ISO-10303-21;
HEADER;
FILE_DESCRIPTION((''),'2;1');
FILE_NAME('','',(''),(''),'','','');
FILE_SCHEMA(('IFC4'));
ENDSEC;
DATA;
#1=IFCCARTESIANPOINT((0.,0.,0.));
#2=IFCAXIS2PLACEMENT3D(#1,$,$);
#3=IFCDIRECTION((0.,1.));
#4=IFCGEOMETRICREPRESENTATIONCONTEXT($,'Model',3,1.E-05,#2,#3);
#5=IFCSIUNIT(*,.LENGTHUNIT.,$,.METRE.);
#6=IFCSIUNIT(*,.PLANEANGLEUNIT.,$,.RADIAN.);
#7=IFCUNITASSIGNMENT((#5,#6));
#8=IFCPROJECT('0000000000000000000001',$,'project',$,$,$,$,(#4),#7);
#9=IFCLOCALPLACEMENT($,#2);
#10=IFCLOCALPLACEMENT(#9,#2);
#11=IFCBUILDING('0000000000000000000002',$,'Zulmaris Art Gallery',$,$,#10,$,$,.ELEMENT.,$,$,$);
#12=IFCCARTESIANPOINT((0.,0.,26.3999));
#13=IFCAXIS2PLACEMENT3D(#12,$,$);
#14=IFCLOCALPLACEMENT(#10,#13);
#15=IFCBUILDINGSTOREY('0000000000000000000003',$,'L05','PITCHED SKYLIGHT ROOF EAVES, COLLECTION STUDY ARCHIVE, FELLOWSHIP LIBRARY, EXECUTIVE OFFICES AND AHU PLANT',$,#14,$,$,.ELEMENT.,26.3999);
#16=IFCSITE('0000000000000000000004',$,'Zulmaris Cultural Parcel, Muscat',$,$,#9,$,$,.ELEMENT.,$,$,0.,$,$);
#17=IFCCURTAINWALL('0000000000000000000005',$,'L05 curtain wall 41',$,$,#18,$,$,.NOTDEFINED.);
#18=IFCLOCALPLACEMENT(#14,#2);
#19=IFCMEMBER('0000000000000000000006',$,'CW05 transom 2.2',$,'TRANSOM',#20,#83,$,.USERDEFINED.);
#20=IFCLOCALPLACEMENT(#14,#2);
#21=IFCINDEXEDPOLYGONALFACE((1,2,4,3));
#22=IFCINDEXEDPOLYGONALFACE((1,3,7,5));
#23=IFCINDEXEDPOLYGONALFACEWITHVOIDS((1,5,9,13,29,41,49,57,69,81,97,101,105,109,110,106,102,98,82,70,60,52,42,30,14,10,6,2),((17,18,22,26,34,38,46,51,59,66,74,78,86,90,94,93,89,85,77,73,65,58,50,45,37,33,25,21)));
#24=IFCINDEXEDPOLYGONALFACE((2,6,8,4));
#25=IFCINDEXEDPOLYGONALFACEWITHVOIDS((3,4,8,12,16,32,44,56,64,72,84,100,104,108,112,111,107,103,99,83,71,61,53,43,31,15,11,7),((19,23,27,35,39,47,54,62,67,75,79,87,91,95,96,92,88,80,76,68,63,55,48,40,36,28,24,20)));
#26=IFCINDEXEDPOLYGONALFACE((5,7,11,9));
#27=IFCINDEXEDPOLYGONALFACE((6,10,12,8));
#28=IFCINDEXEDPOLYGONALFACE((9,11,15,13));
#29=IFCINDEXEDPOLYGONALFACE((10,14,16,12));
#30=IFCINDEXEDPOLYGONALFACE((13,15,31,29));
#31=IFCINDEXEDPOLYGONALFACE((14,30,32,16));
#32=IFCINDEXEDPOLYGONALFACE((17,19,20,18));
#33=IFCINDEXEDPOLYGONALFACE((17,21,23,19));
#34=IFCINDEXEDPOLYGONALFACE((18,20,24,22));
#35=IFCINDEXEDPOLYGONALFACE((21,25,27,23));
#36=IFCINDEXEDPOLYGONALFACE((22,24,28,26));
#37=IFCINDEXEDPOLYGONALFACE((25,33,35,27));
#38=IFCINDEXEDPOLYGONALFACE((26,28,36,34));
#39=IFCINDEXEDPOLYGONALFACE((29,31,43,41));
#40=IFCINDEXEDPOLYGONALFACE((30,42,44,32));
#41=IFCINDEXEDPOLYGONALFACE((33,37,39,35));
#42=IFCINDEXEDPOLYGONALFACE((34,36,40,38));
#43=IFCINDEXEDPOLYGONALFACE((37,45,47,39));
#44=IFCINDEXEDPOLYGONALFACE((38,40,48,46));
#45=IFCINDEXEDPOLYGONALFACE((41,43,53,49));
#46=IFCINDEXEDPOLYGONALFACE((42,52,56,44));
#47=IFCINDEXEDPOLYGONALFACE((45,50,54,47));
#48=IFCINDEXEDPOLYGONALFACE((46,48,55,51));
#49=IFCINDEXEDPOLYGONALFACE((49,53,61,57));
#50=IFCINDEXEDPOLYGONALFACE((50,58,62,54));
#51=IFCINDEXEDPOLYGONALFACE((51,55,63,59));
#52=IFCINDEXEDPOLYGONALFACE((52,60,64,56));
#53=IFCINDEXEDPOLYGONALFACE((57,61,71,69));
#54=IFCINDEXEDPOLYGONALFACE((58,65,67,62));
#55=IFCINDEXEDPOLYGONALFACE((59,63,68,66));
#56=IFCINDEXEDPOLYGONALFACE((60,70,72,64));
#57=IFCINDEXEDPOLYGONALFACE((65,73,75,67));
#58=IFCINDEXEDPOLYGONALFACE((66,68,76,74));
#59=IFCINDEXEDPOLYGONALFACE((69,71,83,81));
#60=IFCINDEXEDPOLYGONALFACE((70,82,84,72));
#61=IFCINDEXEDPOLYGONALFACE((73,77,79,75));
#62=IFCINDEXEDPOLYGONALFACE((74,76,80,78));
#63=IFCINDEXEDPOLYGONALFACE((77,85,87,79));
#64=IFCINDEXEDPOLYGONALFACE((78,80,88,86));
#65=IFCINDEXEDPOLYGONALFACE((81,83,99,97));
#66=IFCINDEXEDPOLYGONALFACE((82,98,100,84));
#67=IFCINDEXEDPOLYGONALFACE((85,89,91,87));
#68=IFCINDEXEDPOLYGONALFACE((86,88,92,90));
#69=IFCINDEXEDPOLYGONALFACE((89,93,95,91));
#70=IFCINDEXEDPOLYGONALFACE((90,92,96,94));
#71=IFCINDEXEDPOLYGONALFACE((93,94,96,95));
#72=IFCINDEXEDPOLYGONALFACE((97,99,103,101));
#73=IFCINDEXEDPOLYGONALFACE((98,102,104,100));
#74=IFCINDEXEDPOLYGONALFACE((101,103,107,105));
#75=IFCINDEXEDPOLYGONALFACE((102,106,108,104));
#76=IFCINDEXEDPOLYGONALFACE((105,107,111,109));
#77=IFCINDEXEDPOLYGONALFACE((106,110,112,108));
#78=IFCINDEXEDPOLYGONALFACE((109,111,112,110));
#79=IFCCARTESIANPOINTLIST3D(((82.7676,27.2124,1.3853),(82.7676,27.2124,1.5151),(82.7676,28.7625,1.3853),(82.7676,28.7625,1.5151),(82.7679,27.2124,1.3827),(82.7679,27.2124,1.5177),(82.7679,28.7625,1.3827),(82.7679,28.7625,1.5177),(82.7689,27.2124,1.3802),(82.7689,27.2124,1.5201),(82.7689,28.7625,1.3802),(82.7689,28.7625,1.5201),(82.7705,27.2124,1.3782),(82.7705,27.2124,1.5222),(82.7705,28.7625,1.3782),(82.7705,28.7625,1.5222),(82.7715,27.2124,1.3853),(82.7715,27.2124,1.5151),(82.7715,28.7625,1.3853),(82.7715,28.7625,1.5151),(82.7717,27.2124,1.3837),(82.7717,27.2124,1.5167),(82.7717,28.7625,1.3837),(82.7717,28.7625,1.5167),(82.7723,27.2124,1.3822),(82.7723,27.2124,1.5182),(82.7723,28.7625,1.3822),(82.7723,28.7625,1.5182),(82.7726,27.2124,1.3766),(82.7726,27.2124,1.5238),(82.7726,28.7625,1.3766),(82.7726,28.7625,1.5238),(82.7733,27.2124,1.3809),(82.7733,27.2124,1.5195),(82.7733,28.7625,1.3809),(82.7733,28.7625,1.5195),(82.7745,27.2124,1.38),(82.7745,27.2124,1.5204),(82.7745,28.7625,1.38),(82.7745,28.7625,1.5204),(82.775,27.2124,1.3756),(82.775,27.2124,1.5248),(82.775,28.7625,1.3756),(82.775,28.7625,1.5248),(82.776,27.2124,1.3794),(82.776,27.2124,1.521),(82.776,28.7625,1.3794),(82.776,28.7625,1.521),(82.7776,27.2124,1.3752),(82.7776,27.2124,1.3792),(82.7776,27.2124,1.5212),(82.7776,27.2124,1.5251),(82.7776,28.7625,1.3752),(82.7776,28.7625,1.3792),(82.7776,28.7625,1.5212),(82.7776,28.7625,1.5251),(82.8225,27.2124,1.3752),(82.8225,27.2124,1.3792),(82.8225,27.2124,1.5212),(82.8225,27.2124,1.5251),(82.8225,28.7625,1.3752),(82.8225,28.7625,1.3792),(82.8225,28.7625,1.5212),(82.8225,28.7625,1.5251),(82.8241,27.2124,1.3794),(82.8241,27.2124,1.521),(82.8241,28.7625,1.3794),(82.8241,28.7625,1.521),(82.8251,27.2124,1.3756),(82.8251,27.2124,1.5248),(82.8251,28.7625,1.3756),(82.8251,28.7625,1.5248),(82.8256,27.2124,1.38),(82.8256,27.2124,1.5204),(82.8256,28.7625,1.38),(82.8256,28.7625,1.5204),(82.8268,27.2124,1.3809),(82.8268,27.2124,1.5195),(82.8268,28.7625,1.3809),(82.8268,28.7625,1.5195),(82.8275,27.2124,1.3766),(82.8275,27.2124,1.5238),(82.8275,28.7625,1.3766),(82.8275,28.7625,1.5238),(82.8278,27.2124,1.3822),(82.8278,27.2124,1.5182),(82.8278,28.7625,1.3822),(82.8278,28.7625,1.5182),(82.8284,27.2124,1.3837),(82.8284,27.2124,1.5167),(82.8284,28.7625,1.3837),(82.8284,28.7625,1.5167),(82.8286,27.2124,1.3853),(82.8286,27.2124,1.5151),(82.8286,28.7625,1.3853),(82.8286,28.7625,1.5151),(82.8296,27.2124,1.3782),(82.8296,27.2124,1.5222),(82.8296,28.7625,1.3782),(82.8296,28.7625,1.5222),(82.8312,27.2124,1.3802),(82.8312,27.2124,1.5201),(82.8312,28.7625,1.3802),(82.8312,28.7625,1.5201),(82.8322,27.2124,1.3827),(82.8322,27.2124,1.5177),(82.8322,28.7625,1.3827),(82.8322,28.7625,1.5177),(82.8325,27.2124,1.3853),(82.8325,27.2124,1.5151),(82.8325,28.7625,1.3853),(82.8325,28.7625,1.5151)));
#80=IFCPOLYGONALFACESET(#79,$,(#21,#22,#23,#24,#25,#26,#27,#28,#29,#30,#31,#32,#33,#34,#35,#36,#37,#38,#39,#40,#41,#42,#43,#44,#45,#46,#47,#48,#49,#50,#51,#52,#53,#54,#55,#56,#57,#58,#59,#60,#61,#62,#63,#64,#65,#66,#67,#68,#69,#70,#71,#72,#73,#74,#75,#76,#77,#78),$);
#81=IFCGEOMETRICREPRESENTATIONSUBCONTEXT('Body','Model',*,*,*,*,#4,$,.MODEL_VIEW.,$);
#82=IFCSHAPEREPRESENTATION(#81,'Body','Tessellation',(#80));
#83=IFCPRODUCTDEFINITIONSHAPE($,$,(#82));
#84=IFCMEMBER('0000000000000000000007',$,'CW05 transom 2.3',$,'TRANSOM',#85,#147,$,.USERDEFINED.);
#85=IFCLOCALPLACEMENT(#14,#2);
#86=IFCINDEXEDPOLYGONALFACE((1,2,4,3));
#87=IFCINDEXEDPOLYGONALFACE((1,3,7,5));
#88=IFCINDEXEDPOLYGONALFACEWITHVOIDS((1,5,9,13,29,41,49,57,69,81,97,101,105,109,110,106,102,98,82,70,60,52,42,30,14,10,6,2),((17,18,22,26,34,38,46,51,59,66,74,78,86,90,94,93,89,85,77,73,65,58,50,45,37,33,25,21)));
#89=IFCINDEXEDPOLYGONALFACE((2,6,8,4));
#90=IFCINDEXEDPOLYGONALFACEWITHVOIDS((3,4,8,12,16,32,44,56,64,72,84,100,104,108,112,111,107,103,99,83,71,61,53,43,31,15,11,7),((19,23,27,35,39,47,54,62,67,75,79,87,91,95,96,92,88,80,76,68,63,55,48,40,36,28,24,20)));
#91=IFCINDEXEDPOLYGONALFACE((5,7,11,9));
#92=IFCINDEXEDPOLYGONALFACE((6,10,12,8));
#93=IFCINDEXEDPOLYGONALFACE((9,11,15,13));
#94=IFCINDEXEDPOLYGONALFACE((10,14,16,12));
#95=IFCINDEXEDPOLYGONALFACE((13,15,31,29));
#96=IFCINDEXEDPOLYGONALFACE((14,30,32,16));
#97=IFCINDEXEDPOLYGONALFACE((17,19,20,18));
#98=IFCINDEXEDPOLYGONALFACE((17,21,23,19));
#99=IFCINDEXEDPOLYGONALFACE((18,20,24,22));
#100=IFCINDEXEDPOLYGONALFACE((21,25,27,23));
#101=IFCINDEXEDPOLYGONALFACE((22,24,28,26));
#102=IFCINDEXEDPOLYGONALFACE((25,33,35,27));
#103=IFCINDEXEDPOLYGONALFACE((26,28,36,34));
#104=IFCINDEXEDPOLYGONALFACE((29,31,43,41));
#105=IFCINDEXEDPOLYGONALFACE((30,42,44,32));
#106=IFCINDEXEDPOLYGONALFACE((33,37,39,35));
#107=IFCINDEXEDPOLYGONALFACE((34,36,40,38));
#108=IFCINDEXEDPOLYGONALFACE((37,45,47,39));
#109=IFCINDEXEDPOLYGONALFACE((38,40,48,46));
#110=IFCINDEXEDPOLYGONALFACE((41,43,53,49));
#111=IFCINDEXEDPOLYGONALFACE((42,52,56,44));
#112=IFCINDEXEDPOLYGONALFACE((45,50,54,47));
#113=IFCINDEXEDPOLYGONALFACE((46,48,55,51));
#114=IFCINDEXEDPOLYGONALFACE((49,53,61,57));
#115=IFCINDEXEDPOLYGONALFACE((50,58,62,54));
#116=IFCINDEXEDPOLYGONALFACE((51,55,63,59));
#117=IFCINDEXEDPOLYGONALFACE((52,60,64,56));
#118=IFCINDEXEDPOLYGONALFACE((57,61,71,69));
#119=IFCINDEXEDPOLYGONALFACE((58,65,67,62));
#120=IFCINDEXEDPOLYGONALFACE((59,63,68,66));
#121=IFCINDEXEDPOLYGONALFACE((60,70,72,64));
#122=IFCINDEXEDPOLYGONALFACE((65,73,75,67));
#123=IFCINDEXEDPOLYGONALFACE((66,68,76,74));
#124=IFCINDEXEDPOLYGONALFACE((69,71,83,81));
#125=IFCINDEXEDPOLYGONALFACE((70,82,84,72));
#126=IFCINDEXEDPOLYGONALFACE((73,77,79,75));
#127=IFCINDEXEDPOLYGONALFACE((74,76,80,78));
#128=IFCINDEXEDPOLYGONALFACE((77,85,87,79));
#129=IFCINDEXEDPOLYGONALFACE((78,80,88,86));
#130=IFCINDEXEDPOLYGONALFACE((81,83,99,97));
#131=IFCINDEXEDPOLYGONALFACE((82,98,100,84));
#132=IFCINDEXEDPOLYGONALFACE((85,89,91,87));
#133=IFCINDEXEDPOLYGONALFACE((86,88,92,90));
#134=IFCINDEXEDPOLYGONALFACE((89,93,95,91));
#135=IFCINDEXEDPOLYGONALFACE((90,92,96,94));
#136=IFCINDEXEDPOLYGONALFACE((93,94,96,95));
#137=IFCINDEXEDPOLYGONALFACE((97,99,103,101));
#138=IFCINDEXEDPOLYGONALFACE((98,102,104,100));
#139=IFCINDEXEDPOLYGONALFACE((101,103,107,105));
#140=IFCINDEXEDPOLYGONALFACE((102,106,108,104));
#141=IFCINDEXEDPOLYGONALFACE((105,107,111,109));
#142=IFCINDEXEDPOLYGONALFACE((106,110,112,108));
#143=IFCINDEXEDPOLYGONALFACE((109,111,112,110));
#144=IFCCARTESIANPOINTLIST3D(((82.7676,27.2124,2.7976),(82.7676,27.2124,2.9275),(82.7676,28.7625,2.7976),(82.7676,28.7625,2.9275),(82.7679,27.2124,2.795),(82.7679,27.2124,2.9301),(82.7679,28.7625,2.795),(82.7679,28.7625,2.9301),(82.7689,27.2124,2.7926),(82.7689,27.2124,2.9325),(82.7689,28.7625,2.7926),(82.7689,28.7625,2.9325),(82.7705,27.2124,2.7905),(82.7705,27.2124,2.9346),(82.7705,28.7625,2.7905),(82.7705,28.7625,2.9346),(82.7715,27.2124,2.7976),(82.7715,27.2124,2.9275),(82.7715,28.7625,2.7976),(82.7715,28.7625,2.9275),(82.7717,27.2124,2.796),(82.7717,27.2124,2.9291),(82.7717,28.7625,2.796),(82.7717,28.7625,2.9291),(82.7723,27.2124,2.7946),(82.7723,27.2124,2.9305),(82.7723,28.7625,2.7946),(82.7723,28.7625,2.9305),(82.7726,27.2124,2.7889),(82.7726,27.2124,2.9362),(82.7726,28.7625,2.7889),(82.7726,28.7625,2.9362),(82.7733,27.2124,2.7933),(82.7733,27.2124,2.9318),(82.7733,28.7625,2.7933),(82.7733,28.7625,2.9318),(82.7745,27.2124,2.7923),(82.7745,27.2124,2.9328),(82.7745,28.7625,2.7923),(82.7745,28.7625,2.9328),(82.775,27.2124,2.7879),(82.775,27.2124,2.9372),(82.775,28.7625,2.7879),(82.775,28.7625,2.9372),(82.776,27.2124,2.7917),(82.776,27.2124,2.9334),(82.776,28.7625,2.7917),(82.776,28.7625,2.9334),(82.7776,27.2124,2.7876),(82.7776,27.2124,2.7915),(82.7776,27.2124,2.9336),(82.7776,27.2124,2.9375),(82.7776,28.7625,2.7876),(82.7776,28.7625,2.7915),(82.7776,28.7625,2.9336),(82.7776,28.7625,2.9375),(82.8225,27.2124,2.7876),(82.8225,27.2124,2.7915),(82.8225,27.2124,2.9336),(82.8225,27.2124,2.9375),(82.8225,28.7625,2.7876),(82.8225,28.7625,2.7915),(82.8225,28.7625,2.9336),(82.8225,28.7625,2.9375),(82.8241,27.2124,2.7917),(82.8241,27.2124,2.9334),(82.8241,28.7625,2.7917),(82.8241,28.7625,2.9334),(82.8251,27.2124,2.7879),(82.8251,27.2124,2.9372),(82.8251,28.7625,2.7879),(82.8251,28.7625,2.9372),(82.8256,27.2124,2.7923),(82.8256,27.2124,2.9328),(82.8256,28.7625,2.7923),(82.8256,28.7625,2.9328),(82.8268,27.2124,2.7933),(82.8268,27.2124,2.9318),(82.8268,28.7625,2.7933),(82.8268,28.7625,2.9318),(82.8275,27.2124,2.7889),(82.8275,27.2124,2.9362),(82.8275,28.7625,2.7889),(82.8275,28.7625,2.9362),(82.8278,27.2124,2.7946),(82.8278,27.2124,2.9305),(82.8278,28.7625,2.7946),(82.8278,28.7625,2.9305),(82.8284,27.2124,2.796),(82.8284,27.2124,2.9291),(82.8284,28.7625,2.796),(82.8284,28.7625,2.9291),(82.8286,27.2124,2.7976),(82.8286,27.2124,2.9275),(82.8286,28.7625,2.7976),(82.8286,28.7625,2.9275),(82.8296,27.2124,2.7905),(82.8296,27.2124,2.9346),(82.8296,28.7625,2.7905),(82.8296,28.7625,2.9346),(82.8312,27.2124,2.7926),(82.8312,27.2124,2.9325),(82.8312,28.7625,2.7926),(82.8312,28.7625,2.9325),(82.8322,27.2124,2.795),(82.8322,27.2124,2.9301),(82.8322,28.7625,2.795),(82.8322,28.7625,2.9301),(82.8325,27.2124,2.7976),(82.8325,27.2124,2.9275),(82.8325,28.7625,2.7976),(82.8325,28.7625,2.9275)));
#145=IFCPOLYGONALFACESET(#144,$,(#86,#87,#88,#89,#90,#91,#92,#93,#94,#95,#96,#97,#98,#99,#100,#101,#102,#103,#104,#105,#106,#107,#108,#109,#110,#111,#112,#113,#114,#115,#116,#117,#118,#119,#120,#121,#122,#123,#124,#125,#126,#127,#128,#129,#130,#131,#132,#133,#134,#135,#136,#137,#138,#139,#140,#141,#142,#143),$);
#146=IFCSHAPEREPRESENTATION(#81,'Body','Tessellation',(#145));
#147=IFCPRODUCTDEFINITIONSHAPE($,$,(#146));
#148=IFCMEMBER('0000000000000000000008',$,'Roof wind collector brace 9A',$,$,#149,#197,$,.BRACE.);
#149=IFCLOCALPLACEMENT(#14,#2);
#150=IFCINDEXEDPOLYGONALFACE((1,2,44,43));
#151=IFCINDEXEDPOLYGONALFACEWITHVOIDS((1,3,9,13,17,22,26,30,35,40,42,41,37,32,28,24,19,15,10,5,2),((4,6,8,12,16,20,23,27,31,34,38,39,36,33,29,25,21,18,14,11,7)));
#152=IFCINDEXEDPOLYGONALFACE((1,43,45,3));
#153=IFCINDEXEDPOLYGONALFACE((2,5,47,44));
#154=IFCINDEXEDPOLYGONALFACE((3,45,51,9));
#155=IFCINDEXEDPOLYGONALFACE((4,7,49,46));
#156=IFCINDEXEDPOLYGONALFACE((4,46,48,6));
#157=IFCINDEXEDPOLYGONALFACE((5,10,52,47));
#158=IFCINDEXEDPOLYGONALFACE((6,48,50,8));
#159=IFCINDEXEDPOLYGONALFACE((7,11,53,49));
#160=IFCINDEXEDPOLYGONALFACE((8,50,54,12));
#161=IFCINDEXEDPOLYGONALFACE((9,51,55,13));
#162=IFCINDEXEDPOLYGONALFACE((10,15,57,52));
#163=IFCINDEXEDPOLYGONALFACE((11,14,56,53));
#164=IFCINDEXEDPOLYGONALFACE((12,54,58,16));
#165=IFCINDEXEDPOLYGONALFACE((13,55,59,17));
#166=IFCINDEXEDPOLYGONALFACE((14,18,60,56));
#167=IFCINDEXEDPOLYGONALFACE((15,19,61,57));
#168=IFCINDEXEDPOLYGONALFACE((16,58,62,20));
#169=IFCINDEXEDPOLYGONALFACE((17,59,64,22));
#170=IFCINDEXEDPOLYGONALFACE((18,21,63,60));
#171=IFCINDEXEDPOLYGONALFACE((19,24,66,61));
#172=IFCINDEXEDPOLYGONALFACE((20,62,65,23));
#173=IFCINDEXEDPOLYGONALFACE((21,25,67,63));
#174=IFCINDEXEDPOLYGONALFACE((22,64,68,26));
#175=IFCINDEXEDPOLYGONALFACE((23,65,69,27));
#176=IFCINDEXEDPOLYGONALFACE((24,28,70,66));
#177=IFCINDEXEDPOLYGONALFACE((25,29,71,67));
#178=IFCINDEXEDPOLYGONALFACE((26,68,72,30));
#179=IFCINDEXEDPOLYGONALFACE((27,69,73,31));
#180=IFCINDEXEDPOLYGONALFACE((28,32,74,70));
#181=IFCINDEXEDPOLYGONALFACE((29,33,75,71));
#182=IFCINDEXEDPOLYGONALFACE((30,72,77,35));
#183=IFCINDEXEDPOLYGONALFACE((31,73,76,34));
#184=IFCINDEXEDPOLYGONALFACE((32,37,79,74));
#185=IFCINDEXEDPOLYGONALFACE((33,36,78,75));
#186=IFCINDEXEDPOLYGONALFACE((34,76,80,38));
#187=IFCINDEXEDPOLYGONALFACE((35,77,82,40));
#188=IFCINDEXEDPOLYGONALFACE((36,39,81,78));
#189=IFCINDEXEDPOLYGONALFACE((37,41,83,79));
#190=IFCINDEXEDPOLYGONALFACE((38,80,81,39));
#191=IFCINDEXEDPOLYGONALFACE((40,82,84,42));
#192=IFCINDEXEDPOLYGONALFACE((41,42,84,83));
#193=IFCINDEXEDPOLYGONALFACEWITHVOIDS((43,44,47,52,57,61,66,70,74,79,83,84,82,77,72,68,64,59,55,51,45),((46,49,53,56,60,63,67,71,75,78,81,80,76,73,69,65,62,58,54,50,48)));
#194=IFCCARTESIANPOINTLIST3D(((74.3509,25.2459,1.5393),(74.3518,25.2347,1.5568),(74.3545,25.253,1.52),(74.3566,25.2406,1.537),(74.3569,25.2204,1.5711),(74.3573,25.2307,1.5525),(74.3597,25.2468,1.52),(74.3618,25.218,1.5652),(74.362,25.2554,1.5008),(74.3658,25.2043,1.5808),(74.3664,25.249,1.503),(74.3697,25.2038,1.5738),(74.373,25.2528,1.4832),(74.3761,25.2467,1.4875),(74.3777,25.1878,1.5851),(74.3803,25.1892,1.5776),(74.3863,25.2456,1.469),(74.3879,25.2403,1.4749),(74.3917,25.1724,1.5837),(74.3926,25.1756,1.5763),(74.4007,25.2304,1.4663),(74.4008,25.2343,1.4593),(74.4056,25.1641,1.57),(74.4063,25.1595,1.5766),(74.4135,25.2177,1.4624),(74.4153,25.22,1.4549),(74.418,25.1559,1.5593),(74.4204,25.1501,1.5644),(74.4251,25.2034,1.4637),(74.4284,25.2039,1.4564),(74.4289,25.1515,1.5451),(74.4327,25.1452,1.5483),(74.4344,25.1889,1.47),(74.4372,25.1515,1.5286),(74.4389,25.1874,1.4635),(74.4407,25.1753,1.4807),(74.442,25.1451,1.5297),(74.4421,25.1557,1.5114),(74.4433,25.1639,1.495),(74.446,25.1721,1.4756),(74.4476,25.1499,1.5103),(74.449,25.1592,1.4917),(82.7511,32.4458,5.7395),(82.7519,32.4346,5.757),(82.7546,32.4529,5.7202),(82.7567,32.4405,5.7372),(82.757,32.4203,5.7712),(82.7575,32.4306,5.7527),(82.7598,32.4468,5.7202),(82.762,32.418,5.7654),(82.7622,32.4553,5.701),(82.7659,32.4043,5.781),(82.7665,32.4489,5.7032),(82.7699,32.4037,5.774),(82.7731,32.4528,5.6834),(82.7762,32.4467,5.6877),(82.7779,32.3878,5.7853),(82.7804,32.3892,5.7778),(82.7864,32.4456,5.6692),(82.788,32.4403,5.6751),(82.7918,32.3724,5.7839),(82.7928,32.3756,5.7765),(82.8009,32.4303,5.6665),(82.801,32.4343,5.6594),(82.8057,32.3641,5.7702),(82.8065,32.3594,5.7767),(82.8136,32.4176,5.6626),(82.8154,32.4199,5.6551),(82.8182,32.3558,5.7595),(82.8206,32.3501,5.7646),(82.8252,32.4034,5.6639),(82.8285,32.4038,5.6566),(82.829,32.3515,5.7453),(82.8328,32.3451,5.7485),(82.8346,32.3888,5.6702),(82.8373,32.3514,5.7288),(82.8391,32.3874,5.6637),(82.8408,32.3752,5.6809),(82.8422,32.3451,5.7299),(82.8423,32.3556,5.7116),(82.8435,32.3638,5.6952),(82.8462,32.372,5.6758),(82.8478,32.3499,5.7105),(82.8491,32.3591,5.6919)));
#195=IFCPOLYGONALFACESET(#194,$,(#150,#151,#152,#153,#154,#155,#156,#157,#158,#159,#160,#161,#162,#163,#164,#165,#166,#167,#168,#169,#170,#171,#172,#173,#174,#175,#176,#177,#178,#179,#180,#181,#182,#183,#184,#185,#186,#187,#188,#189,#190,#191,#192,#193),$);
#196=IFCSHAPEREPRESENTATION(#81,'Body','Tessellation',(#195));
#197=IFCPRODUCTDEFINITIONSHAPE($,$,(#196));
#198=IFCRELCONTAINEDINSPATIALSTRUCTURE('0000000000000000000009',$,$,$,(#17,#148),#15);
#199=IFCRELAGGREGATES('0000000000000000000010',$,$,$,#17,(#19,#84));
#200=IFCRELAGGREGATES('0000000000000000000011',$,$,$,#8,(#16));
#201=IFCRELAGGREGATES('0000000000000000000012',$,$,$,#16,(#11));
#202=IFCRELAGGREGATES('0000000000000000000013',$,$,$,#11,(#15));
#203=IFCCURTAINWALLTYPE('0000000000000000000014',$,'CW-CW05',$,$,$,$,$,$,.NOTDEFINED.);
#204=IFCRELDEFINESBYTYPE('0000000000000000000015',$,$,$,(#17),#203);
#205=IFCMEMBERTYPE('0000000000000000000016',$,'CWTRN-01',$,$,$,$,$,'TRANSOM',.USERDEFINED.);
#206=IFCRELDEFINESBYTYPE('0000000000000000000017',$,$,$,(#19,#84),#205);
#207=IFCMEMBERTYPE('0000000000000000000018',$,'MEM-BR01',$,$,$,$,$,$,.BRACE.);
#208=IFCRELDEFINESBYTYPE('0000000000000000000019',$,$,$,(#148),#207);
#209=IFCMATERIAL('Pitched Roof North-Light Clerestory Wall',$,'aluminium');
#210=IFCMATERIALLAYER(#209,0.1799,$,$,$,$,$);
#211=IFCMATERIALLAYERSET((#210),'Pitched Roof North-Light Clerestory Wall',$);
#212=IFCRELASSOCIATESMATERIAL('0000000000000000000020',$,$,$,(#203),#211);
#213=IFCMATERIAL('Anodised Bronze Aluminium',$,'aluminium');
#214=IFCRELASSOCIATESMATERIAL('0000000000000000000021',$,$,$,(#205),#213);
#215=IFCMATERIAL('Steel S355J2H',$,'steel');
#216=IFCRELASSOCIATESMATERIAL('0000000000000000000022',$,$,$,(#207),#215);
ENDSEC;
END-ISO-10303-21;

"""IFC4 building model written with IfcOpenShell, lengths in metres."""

from ifc_helpers import new_model, si_unit, direction, frame, origin, origin_2d, place, context, subcontext, project, spatial, hollow_rectangle, hollow_circle, extrude, material, layer, layer_set, material_profile, profile_set, type_object, element, aggregate, save


model = new_model("IFC4")

# Units and contexts
model_context = context("Model", 3, precision=1e-05, world=origin(), true_north=direction((0.0, 1.0)))
body_context = subcontext(model_context, "Body", "Model", "MODEL_VIEW")
ifc_project = project(units=[si_unit("LENGTHUNIT", "METRE"), si_unit("PLANEANGLEUNIT", "RADIAN")], contexts=[model_context])

# Site, building, storey
site_placement = place(None, origin())
site = spatial("IfcSite", under=ifc_project, at=site_placement, Name="Zulmaris Cultural Parcel, Muscat", CompositionType="ELEMENT", RefElevation=0.0)
building_placement = place(site_placement, origin())
building = spatial("IfcBuilding", under=site, at=building_placement, Name="Zulmaris Art Gallery", CompositionType="ELEMENT")
storey_placement = place(building_placement, frame((0.0, 0.0, 26.3999)))
storey = spatial("IfcBuildingStorey", under=building, at=storey_placement, Name="L05", Description="PITCHED SKYLIGHT ROOF EAVES, COLLECTION STUDY ARCHIVE, FELLOWSHIP LIBRARY, EXECUTIVE OFFICES AND AHU PLANT", CompositionType="ELEMENT", Elevation=26.3999)

# Curtain wall, members
ifc_material_1 = material(Name="Pitched Roof North-Light Clerestory Wall", Category="aluminium")
ifc_layer_1 = layer(ifc_material_1, 0.1799)
ifc_layer_set_1 = layer_set([ifc_layer_1], Name="Pitched Roof North-Light Clerestory Wall")
curtain_wall_type = type_object("IfcCurtainWallType", Name="CW-CW05", PredefinedType="NOTDEFINED", material=ifc_layer_set_1)
curtain_wall_placement = place(storey_placement, origin())
curtain_wall = element("IfcCurtainWall", 1, at=curtain_wall_placement, inside=storey, type_object=curtain_wall_type, Name="L05 curtain wall 41", PredefinedType="NOTDEFINED")
ifc_material_2 = material(Name="Anodised Bronze Aluminium", Category="aluminium")
ifc_material_profile_1 = material_profile(ifc_material_2, hollow_rectangle(XDim=0.0649, YDim=0.1499, WallThickness=0.0039, InnerFilletRadius=0.0061, OuterFilletRadius=0.01, at=origin_2d()), Name="ALU 65x150x4")
ifc_profile_set_1 = profile_set([ifc_material_profile_1], Name="Anodised Bronze Aluminium")
member_type_1 = type_object("IfcMemberType", Name="CWTRN-01", ElementType="TRANSOM", PredefinedType="USERDEFINED", material=ifc_profile_set_1)
member_1_placement = place(storey_placement, frame((82.8, 27.2124, 1.4502), z_axis=(0.0, 1.0, 0.0), x_axis=(-1.0, 0.0, 0.0)))
member_1 = element("IfcMember", 2, at=member_1_placement, type_object=member_type_1, Name="CW05 transom 2.2", ObjectType="TRANSOM", PredefinedType="USERDEFINED", context=body_context, shape_type="SweptSolid", body=[
    extrude(hollow_rectangle(XDim=0.0649, YDim=0.1499, WallThickness=0.0039, InnerFilletRadius=0.0061, OuterFilletRadius=0.01, at=origin_2d()), origin(), (0.0, 0.0, 1.0), 1.55),
])
member_2_placement = place(storey_placement, frame((82.8, 27.2124, 2.8625), z_axis=(0.0, 1.0, 0.0), x_axis=(-1.0, 0.0, 0.0)))
member_2 = element("IfcMember", 3, at=member_2_placement, type_object=member_type_1, Name="CW05 transom 2.3", ObjectType="TRANSOM", PredefinedType="USERDEFINED", context=body_context, shape_type="SweptSolid", body=[
    extrude(hollow_rectangle(XDim=0.0649, YDim=0.1499, WallThickness=0.0039, InnerFilletRadius=0.0061, OuterFilletRadius=0.01, at=origin_2d()), origin(), (0.0, 0.0, 1.0), 1.55),
])

# Member
ifc_material_3 = material(Name="Steel S355J2H", Category="steel")
ifc_material_profile_2 = material_profile(ifc_material_3, hollow_circle(Radius=0.0698, WallThickness=0.0081, at=origin_2d()), Name="CHS 139.7x8")
ifc_profile_set_2 = profile_set([ifc_material_profile_2], Name="Steel S355J2H")
member_type_2 = type_object("IfcMemberType", Name="MEM-BR01", PredefinedType="BRACE", material=ifc_profile_set_2)
member_3_placement = place(storey_placement, frame((74.3999, 25.2, 1.52), z_axis=(0.709832, 0.608413, 0.354926), x_axis=(-0.650782, 0.759264, 0.0)))
element("IfcMember", 4, at=member_3_placement, inside=storey, type_object=member_type_2, Name="Roof wind collector brace 9A", PredefinedType="BRACE", context=body_context, shape_type="SweptSolid", body=[
    extrude(hollow_circle(Radius=0.0698, WallThickness=0.0081, at=origin_2d()), origin(), (0.0, 0.0, 1.0), 11.834),
])

aggregate(curtain_wall, [member_1, member_2])

save(model, "model.ifc")
